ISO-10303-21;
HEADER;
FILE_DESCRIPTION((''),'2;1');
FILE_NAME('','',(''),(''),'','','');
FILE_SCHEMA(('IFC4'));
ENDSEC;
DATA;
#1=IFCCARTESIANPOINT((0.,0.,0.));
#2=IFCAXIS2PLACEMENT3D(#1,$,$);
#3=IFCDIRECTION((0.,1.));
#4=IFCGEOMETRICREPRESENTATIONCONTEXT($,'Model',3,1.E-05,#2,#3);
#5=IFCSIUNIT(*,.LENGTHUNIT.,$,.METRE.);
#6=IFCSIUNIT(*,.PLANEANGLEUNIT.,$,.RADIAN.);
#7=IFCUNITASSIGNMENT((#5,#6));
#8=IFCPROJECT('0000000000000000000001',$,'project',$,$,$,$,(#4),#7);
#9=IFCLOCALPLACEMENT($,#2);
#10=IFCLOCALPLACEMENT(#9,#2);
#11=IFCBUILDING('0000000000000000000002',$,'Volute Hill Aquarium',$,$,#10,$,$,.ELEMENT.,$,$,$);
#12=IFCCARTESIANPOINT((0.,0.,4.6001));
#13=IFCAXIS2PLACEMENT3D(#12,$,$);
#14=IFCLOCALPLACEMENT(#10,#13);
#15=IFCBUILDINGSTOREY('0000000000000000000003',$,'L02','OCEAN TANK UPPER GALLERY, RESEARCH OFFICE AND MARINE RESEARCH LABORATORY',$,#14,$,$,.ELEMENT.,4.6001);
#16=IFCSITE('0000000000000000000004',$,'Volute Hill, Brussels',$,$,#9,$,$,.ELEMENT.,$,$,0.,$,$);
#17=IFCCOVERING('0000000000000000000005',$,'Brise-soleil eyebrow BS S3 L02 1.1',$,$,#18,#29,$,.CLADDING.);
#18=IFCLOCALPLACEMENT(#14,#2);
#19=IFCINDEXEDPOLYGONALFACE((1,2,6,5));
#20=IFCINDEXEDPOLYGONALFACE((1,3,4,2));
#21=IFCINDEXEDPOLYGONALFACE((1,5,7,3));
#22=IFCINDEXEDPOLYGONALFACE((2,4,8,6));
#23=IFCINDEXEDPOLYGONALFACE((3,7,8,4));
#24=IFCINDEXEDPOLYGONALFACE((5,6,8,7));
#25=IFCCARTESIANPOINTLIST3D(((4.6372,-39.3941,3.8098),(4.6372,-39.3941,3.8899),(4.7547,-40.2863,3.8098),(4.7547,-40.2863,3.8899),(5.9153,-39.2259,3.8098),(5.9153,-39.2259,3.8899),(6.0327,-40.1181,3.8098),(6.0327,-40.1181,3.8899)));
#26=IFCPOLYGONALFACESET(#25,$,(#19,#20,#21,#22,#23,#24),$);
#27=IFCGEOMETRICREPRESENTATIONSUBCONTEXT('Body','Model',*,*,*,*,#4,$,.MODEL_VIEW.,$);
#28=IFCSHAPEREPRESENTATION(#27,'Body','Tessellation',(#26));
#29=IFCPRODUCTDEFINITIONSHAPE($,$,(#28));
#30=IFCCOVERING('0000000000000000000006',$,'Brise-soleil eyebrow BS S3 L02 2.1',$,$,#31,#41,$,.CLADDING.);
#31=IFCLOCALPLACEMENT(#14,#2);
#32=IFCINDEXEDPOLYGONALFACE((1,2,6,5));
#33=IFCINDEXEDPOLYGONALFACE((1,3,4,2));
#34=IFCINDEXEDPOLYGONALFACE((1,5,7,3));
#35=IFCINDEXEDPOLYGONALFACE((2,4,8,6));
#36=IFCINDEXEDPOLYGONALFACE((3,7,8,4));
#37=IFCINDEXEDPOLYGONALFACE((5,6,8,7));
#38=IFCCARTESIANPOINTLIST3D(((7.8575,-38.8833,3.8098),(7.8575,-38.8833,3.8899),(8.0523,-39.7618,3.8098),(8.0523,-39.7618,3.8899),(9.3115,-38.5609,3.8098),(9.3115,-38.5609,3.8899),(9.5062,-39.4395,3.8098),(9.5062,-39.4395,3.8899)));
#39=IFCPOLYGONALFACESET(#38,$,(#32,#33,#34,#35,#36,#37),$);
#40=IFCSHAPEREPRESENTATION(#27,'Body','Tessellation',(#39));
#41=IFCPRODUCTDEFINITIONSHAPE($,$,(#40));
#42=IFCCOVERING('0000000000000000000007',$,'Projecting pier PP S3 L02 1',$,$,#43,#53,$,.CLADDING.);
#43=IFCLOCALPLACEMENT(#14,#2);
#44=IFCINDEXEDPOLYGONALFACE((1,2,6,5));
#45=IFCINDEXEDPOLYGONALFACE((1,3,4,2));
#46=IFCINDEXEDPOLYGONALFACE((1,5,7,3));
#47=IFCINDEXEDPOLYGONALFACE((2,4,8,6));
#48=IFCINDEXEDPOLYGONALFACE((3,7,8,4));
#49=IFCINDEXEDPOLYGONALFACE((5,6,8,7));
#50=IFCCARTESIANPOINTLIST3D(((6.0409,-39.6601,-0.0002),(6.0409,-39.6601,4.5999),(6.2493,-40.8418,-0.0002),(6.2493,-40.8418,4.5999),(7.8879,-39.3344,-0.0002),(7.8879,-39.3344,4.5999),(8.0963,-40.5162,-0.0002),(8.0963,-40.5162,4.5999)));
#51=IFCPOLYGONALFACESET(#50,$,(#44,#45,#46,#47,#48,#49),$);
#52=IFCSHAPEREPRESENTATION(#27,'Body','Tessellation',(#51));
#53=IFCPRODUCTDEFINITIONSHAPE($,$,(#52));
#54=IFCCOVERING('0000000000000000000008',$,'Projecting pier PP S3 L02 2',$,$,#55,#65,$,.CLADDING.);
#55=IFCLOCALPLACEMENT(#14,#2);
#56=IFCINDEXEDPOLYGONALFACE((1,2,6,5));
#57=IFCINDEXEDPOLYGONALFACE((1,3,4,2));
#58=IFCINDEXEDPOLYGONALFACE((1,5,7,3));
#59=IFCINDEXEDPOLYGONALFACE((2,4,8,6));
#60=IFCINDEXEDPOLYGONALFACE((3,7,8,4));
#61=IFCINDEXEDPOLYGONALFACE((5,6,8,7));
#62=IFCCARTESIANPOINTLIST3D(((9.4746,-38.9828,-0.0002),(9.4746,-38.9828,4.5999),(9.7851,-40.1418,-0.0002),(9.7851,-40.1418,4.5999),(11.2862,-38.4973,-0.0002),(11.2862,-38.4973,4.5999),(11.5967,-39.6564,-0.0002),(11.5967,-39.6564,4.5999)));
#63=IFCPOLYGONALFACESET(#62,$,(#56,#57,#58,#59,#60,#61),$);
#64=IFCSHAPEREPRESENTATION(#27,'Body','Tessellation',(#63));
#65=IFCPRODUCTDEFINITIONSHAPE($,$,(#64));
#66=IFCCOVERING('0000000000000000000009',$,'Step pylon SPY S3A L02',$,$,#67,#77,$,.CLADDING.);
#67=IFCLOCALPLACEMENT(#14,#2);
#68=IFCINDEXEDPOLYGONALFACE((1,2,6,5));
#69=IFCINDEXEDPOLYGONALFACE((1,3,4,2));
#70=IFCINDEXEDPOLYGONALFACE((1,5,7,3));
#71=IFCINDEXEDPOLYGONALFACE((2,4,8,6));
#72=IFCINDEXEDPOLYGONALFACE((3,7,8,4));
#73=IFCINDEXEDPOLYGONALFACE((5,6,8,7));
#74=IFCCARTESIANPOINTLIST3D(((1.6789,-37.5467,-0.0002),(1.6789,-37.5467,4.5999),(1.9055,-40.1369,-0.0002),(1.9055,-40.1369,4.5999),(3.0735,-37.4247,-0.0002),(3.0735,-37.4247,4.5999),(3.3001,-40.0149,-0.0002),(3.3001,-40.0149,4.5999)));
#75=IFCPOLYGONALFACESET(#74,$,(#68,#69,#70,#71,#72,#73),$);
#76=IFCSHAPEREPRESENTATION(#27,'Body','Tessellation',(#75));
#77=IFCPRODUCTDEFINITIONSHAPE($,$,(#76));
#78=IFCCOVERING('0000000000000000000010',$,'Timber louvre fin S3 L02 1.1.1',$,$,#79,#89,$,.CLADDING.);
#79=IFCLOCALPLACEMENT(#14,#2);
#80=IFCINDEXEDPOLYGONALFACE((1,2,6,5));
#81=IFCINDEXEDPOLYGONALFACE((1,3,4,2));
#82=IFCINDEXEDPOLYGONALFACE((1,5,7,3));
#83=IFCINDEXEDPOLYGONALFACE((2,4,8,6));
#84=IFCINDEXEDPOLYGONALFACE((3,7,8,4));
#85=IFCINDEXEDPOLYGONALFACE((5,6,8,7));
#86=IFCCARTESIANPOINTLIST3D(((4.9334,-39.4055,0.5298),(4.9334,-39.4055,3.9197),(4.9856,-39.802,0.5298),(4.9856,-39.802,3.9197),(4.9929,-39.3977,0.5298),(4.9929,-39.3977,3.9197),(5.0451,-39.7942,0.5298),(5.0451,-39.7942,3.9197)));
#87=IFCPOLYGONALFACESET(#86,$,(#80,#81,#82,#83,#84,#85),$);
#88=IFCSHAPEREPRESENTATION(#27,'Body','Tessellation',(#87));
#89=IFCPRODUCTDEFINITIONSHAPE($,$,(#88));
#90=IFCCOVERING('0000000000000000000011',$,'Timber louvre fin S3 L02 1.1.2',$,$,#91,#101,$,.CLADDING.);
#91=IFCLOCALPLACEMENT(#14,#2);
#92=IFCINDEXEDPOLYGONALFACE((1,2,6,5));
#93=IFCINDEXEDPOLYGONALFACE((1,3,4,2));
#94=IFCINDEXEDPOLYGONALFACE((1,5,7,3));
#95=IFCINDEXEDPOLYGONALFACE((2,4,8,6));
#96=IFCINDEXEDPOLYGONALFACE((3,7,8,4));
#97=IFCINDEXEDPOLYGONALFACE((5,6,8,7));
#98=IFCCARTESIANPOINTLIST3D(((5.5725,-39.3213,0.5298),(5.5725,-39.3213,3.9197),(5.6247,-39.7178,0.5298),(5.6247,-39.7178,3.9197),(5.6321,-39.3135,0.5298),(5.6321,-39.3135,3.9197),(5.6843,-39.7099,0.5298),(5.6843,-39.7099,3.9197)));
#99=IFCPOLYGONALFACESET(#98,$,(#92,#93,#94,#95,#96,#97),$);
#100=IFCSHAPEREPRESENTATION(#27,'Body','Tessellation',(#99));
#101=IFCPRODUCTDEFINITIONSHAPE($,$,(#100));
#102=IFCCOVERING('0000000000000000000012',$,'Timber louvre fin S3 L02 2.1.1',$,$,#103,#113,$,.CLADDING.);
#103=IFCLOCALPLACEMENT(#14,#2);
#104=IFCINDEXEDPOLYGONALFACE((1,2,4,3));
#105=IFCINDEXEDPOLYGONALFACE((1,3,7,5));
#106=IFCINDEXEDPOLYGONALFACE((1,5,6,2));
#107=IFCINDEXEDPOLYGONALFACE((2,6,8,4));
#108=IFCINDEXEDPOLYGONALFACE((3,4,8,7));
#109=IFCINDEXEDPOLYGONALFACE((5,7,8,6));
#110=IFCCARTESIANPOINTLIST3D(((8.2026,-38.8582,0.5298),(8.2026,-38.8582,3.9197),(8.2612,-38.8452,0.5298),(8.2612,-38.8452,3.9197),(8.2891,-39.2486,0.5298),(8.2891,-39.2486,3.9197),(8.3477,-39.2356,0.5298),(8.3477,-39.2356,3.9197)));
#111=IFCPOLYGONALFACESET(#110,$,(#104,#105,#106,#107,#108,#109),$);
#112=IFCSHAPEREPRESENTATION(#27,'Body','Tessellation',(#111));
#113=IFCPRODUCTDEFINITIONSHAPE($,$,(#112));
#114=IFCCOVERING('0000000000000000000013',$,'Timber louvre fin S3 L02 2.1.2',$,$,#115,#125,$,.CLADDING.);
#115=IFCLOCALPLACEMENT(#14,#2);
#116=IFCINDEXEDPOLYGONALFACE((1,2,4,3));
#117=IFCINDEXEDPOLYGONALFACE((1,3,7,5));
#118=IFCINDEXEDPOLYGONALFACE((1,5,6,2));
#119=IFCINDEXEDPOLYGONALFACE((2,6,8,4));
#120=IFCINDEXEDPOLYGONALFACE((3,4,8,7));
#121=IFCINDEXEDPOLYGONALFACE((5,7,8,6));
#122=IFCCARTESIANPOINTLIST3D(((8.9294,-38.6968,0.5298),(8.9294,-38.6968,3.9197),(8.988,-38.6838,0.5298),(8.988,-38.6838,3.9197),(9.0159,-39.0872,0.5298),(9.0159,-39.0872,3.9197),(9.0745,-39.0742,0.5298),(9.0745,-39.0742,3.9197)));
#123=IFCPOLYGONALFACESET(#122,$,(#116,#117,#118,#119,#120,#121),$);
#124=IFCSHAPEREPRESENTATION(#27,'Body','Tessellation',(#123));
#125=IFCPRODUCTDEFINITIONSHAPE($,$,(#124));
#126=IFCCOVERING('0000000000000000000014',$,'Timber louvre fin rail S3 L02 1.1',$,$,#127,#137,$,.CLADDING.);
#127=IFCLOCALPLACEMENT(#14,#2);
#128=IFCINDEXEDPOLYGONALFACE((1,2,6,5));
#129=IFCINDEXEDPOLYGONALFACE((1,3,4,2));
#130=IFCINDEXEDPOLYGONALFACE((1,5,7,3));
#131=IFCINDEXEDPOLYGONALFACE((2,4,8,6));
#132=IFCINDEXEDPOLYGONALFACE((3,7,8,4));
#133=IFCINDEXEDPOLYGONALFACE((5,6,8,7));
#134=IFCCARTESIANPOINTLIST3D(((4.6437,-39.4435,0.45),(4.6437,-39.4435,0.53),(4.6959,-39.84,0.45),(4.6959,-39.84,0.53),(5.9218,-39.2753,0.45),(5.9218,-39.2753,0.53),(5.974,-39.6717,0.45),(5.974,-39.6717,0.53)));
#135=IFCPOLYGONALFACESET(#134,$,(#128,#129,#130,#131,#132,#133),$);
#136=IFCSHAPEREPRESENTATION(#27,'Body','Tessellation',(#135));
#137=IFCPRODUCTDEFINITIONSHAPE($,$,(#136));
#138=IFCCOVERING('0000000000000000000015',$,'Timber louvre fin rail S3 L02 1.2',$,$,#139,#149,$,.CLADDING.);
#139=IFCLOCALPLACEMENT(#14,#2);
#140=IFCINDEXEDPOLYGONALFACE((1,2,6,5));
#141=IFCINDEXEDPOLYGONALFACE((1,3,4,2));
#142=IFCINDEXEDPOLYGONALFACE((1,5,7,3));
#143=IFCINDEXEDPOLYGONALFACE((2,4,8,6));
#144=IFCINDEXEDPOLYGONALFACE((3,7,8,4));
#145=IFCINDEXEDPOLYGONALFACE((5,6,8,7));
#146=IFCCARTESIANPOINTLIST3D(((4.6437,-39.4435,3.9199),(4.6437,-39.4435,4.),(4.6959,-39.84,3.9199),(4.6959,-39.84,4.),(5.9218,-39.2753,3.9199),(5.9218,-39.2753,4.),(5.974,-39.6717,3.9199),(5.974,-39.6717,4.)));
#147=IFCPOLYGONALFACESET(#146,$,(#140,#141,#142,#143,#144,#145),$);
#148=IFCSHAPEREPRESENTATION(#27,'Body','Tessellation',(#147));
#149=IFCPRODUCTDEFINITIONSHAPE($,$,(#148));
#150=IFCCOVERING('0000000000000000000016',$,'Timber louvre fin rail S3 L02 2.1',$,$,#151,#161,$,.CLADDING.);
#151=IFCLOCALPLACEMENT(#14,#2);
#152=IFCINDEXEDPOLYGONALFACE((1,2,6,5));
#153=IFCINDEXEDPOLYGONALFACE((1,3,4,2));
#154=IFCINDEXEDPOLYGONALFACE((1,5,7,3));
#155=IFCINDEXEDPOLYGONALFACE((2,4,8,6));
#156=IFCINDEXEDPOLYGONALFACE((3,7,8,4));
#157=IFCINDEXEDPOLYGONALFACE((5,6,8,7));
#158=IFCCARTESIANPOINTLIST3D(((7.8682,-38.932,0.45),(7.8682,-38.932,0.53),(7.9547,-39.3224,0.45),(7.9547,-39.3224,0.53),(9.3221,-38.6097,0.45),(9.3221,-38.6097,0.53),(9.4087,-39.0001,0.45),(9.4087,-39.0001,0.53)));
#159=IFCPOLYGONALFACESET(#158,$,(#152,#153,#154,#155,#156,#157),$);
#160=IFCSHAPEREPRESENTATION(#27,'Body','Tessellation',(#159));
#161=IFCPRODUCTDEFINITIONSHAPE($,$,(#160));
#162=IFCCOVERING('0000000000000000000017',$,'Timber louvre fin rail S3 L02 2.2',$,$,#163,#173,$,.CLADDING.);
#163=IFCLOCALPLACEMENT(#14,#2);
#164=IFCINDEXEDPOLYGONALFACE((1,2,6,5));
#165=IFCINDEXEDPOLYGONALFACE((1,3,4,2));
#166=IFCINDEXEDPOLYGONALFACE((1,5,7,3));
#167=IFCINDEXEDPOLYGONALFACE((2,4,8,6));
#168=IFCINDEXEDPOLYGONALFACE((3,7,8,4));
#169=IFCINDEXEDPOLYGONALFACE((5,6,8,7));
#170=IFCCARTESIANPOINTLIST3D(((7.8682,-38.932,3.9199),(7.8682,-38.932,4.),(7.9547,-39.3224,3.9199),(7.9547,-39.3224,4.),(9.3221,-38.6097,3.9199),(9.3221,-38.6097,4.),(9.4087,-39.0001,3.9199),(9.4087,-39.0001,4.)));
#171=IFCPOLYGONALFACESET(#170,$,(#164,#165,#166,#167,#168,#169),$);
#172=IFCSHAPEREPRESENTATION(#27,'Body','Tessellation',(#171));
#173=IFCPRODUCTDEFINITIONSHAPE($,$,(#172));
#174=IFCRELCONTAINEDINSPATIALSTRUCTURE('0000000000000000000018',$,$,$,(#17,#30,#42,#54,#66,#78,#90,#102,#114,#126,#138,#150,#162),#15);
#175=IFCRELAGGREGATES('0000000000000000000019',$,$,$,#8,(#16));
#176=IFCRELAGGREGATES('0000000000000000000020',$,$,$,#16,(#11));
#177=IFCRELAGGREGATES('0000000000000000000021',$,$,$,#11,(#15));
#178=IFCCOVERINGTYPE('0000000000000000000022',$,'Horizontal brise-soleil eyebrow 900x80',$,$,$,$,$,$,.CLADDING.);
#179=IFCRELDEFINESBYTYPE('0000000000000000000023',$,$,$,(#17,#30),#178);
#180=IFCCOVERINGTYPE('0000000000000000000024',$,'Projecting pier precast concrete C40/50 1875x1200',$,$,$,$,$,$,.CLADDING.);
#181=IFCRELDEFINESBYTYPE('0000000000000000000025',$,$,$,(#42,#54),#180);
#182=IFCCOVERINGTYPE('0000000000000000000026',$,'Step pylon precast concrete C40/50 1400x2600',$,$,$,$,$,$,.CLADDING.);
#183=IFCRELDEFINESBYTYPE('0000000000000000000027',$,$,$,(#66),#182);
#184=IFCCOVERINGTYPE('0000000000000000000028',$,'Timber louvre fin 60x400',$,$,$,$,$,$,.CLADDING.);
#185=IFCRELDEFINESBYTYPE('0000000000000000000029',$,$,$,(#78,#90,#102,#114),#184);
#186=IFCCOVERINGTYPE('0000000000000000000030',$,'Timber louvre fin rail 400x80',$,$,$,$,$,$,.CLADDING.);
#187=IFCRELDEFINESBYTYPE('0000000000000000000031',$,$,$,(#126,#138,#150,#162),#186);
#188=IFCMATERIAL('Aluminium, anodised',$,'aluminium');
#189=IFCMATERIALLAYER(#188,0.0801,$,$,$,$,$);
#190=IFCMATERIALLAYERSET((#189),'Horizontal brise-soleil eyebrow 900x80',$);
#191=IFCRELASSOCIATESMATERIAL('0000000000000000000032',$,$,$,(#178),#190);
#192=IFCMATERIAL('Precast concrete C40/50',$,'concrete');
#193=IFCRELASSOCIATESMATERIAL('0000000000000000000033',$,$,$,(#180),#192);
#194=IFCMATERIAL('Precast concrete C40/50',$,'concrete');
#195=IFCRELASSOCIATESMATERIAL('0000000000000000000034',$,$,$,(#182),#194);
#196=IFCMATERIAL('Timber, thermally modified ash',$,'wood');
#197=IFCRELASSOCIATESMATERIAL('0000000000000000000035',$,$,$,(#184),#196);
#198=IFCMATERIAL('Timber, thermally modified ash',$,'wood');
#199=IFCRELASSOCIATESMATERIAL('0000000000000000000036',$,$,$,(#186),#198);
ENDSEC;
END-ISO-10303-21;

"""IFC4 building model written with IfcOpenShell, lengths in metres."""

from ifc_helpers import new_model, si_unit, direction, frame, origin, origin_2d, place, context, subcontext, project, spatial, rectangle, extrude, material, layer, layer_set, type_object, element, save


model = new_model("IFC4")

# Units and contexts
model_context = context("Model", 3, precision=1e-05, world=origin(), true_north=direction((0.0, 1.0)))
body_context = subcontext(model_context, "Body", "Model", "MODEL_VIEW")
ifc_project = project(units=[si_unit("LENGTHUNIT", "METRE"), si_unit("PLANEANGLEUNIT", "RADIAN")], contexts=[model_context])

# Site, building, storey
site_placement = place(None, origin())
site = spatial("IfcSite", under=ifc_project, at=site_placement, Name="Volute Hill, Brussels", CompositionType="ELEMENT", RefElevation=0.0)
building_placement = place(site_placement, origin())
building = spatial("IfcBuilding", under=site, at=building_placement, Name="Volute Hill Aquarium", CompositionType="ELEMENT")
storey_placement = place(building_placement, frame((0.0, 0.0, 4.6001)))
storey = spatial("IfcBuildingStorey", under=building, at=storey_placement, Name="L02", Description="OCEAN TANK UPPER GALLERY, RESEARCH OFFICE AND MARINE RESEARCH LABORATORY", CompositionType="ELEMENT", Elevation=4.6001)

# Coverings
ifc_material_1 = material(Name="Aluminium, anodised", Category="aluminium")
ifc_layer_1 = layer(ifc_material_1, 0.0801)
ifc_layer_set_1 = layer_set([ifc_layer_1], Name="Horizontal brise-soleil eyebrow 900x80")
covering_type_1 = type_object("IfcCoveringType", Name="Horizontal brise-soleil eyebrow 900x80", PredefinedType="CLADDING", material=ifc_layer_set_1)
covering_1_placement = place(storey_placement, frame((5.335, -39.7561, 3.8098), z_axis=(0.0, 0.0, 1.0), x_axis=(0.991447, 0.130511, 0.0)))
element("IfcCovering", 1, at=covering_1_placement, inside=storey, type_object=covering_type_1, Name="Brise-soleil eyebrow BS S3 L02 1.1", PredefinedType="CLADDING", context=body_context, shape_type="SweptSolid", body=[
    extrude(rectangle(XDim=1.2891, YDim=0.8999, at=origin_2d()), origin(), (0.0, 0.0, 1.0), 0.0801),
])
covering_2_placement = place(storey_placement, frame((8.6819, -39.1614, 3.8098), z_axis=(0.0, 0.0, 1.0), x_axis=(0.976297, 0.216435, 0.0)))
element("IfcCovering", 2, at=covering_2_placement, inside=storey, type_object=covering_type_1, Name="Brise-soleil eyebrow BS S3 L02 2.1", PredefinedType="CLADDING", context=body_context, shape_type="SweptSolid", body=[
    extrude(rectangle(XDim=1.4893, YDim=0.8999, at=origin_2d()), origin(), (0.0, 0.0, 1.0), 0.0801),
])
ifc_material_2 = material(Name="Precast concrete C40/50", Category="concrete")
covering_type_2 = type_object("IfcCoveringType", Name="Projecting pier precast concrete C40/50 1875x1200", PredefinedType="CLADDING", material=ifc_material_2)
for number, where, z_axis, x_axis, name in (
    (3, (7.0686, -40.0881, -0.0002), (0.0, 0.0, 1.0), (0.984808, 0.173648, 0.0), "Projecting pier PP S3 L02 1"),
    (4, (10.5356, -39.3196, -0.0002), (0.0, 0.0, 1.0), (0.965926, 0.258819, 0.0), "Projecting pier PP S3 L02 2"),
):
    element("IfcCovering", number, at=place(storey_placement, frame(where, z_axis=z_axis, x_axis=x_axis)), inside=storey, type_object=covering_type_2, Name=name, PredefinedType="CLADDING", context=body_context, shape_type="SweptSolid", body=[
        extrude(rectangle(XDim=1.8755, YDim=1.2, at=origin_2d()), origin(), (0.0, 0.0, 1.0), 4.6001),
    ])
ifc_material_3 = material(Name="Precast concrete C40/50", Category="concrete")
covering_type_3 = type_object("IfcCoveringType", Name="Step pylon precast concrete C40/50 1400x2600", PredefinedType="CLADDING", material=ifc_material_3)
covering_3_placement = place(storey_placement, frame((2.4895, -38.7808, -0.0002), z_axis=(0.0, 0.0, 1.0), x_axis=(0.087156, -0.996195, 0.0)))
element("IfcCovering", 5, at=covering_3_placement, inside=storey, type_object=covering_type_3, Name="Step pylon SPY S3A L02", PredefinedType="CLADDING", context=body_context, shape_type="SweptSolid", body=[
    extrude(rectangle(XDim=2.6001, YDim=1.3999, at=origin_2d()), origin(), (0.0, 0.0, 1.0), 4.6001),
])
ifc_material_4 = material(Name="Timber, thermally modified ash", Category="wood")
covering_type_4 = type_object("IfcCoveringType", Name="Timber louvre fin 60x400", PredefinedType="CLADDING", material=ifc_material_4)
for number, where, z_axis, x_axis, name in (
    (6, (4.9893, -39.5999, 0.5298), (0.0, 0.0, 1.0), (0.991447, 0.130511, 0.0), "Timber louvre fin S3 L02 1.1.1"),
    (7, (5.6284, -39.5156, 0.5298), (0.0, 0.0, 1.0), (0.991447, 0.130511, 0.0), "Timber louvre fin S3 L02 1.1.2"),
    (8, (8.2751, -39.0469, 0.5298), (0.0, 0.0, 1.0), (0.976297, 0.216435, 0.0), "Timber louvre fin S3 L02 2.1.1"),
    (9, (9.002, -38.8855, 0.5298), (0.0, 0.0, 1.0), (0.976297, 0.216435, 0.0), "Timber louvre fin S3 L02 2.1.2"),
):
    element("IfcCovering", number, at=place(storey_placement, frame(where, z_axis=z_axis, x_axis=x_axis)), inside=storey, type_object=covering_type_4, Name=name, PredefinedType="CLADDING", context=body_context, shape_type="SweptSolid", body=[
        extrude(rectangle(XDim=0.0601, YDim=0.3999, at=origin_2d()), origin(), (0.0, 0.0, 1.0), 3.3899),
    ])
ifc_material_5 = material(Name="Timber, thermally modified ash", Category="wood")
covering_type_5 = type_object("IfcCoveringType", Name="Timber louvre fin rail 400x80", PredefinedType="CLADDING", material=ifc_material_5)
for number, where, z_axis, x_axis, name in (
    (10, (5.3088, -39.5576, 0.45), (0.0, 0.0, 1.0), (0.991447, 0.130511, 0.0), "Timber louvre fin rail S3 L02 1.1"),
    (11, (5.3088, -39.5576, 3.9199), (0.0, 0.0, 1.0), (0.991447, 0.130511, 0.0), "Timber louvre fin rail S3 L02 1.2"),
):
    element("IfcCovering", number, at=place(storey_placement, frame(where, z_axis=z_axis, x_axis=x_axis)), inside=storey, type_object=covering_type_5, Name=name, PredefinedType="CLADDING", context=body_context, shape_type="SweptSolid", body=[
        extrude(rectangle(XDim=1.2891, YDim=0.3999, at=origin_2d()), origin(), (0.0, 0.0, 1.0), 0.0801),
    ])
for number, where, z_axis, x_axis, name in (
    (12, (8.6384, -38.9661, 0.45), (0.0, 0.0, 1.0), (0.976297, 0.216435, 0.0), "Timber louvre fin rail S3 L02 2.1"),
    (13, (8.6384, -38.9661, 3.9199), (0.0, 0.0, 1.0), (0.976297, 0.216435, 0.0), "Timber louvre fin rail S3 L02 2.2"),
):
    element("IfcCovering", number, at=place(storey_placement, frame(where, z_axis=z_axis, x_axis=x_axis)), inside=storey, type_object=covering_type_5, Name=name, PredefinedType="CLADDING", context=body_context, shape_type="SweptSolid", body=[
        extrude(rectangle(XDim=1.4893, YDim=0.3999, at=origin_2d()), origin(), (0.0, 0.0, 1.0), 0.0801),
    ])

save(model, "model.ifc")
